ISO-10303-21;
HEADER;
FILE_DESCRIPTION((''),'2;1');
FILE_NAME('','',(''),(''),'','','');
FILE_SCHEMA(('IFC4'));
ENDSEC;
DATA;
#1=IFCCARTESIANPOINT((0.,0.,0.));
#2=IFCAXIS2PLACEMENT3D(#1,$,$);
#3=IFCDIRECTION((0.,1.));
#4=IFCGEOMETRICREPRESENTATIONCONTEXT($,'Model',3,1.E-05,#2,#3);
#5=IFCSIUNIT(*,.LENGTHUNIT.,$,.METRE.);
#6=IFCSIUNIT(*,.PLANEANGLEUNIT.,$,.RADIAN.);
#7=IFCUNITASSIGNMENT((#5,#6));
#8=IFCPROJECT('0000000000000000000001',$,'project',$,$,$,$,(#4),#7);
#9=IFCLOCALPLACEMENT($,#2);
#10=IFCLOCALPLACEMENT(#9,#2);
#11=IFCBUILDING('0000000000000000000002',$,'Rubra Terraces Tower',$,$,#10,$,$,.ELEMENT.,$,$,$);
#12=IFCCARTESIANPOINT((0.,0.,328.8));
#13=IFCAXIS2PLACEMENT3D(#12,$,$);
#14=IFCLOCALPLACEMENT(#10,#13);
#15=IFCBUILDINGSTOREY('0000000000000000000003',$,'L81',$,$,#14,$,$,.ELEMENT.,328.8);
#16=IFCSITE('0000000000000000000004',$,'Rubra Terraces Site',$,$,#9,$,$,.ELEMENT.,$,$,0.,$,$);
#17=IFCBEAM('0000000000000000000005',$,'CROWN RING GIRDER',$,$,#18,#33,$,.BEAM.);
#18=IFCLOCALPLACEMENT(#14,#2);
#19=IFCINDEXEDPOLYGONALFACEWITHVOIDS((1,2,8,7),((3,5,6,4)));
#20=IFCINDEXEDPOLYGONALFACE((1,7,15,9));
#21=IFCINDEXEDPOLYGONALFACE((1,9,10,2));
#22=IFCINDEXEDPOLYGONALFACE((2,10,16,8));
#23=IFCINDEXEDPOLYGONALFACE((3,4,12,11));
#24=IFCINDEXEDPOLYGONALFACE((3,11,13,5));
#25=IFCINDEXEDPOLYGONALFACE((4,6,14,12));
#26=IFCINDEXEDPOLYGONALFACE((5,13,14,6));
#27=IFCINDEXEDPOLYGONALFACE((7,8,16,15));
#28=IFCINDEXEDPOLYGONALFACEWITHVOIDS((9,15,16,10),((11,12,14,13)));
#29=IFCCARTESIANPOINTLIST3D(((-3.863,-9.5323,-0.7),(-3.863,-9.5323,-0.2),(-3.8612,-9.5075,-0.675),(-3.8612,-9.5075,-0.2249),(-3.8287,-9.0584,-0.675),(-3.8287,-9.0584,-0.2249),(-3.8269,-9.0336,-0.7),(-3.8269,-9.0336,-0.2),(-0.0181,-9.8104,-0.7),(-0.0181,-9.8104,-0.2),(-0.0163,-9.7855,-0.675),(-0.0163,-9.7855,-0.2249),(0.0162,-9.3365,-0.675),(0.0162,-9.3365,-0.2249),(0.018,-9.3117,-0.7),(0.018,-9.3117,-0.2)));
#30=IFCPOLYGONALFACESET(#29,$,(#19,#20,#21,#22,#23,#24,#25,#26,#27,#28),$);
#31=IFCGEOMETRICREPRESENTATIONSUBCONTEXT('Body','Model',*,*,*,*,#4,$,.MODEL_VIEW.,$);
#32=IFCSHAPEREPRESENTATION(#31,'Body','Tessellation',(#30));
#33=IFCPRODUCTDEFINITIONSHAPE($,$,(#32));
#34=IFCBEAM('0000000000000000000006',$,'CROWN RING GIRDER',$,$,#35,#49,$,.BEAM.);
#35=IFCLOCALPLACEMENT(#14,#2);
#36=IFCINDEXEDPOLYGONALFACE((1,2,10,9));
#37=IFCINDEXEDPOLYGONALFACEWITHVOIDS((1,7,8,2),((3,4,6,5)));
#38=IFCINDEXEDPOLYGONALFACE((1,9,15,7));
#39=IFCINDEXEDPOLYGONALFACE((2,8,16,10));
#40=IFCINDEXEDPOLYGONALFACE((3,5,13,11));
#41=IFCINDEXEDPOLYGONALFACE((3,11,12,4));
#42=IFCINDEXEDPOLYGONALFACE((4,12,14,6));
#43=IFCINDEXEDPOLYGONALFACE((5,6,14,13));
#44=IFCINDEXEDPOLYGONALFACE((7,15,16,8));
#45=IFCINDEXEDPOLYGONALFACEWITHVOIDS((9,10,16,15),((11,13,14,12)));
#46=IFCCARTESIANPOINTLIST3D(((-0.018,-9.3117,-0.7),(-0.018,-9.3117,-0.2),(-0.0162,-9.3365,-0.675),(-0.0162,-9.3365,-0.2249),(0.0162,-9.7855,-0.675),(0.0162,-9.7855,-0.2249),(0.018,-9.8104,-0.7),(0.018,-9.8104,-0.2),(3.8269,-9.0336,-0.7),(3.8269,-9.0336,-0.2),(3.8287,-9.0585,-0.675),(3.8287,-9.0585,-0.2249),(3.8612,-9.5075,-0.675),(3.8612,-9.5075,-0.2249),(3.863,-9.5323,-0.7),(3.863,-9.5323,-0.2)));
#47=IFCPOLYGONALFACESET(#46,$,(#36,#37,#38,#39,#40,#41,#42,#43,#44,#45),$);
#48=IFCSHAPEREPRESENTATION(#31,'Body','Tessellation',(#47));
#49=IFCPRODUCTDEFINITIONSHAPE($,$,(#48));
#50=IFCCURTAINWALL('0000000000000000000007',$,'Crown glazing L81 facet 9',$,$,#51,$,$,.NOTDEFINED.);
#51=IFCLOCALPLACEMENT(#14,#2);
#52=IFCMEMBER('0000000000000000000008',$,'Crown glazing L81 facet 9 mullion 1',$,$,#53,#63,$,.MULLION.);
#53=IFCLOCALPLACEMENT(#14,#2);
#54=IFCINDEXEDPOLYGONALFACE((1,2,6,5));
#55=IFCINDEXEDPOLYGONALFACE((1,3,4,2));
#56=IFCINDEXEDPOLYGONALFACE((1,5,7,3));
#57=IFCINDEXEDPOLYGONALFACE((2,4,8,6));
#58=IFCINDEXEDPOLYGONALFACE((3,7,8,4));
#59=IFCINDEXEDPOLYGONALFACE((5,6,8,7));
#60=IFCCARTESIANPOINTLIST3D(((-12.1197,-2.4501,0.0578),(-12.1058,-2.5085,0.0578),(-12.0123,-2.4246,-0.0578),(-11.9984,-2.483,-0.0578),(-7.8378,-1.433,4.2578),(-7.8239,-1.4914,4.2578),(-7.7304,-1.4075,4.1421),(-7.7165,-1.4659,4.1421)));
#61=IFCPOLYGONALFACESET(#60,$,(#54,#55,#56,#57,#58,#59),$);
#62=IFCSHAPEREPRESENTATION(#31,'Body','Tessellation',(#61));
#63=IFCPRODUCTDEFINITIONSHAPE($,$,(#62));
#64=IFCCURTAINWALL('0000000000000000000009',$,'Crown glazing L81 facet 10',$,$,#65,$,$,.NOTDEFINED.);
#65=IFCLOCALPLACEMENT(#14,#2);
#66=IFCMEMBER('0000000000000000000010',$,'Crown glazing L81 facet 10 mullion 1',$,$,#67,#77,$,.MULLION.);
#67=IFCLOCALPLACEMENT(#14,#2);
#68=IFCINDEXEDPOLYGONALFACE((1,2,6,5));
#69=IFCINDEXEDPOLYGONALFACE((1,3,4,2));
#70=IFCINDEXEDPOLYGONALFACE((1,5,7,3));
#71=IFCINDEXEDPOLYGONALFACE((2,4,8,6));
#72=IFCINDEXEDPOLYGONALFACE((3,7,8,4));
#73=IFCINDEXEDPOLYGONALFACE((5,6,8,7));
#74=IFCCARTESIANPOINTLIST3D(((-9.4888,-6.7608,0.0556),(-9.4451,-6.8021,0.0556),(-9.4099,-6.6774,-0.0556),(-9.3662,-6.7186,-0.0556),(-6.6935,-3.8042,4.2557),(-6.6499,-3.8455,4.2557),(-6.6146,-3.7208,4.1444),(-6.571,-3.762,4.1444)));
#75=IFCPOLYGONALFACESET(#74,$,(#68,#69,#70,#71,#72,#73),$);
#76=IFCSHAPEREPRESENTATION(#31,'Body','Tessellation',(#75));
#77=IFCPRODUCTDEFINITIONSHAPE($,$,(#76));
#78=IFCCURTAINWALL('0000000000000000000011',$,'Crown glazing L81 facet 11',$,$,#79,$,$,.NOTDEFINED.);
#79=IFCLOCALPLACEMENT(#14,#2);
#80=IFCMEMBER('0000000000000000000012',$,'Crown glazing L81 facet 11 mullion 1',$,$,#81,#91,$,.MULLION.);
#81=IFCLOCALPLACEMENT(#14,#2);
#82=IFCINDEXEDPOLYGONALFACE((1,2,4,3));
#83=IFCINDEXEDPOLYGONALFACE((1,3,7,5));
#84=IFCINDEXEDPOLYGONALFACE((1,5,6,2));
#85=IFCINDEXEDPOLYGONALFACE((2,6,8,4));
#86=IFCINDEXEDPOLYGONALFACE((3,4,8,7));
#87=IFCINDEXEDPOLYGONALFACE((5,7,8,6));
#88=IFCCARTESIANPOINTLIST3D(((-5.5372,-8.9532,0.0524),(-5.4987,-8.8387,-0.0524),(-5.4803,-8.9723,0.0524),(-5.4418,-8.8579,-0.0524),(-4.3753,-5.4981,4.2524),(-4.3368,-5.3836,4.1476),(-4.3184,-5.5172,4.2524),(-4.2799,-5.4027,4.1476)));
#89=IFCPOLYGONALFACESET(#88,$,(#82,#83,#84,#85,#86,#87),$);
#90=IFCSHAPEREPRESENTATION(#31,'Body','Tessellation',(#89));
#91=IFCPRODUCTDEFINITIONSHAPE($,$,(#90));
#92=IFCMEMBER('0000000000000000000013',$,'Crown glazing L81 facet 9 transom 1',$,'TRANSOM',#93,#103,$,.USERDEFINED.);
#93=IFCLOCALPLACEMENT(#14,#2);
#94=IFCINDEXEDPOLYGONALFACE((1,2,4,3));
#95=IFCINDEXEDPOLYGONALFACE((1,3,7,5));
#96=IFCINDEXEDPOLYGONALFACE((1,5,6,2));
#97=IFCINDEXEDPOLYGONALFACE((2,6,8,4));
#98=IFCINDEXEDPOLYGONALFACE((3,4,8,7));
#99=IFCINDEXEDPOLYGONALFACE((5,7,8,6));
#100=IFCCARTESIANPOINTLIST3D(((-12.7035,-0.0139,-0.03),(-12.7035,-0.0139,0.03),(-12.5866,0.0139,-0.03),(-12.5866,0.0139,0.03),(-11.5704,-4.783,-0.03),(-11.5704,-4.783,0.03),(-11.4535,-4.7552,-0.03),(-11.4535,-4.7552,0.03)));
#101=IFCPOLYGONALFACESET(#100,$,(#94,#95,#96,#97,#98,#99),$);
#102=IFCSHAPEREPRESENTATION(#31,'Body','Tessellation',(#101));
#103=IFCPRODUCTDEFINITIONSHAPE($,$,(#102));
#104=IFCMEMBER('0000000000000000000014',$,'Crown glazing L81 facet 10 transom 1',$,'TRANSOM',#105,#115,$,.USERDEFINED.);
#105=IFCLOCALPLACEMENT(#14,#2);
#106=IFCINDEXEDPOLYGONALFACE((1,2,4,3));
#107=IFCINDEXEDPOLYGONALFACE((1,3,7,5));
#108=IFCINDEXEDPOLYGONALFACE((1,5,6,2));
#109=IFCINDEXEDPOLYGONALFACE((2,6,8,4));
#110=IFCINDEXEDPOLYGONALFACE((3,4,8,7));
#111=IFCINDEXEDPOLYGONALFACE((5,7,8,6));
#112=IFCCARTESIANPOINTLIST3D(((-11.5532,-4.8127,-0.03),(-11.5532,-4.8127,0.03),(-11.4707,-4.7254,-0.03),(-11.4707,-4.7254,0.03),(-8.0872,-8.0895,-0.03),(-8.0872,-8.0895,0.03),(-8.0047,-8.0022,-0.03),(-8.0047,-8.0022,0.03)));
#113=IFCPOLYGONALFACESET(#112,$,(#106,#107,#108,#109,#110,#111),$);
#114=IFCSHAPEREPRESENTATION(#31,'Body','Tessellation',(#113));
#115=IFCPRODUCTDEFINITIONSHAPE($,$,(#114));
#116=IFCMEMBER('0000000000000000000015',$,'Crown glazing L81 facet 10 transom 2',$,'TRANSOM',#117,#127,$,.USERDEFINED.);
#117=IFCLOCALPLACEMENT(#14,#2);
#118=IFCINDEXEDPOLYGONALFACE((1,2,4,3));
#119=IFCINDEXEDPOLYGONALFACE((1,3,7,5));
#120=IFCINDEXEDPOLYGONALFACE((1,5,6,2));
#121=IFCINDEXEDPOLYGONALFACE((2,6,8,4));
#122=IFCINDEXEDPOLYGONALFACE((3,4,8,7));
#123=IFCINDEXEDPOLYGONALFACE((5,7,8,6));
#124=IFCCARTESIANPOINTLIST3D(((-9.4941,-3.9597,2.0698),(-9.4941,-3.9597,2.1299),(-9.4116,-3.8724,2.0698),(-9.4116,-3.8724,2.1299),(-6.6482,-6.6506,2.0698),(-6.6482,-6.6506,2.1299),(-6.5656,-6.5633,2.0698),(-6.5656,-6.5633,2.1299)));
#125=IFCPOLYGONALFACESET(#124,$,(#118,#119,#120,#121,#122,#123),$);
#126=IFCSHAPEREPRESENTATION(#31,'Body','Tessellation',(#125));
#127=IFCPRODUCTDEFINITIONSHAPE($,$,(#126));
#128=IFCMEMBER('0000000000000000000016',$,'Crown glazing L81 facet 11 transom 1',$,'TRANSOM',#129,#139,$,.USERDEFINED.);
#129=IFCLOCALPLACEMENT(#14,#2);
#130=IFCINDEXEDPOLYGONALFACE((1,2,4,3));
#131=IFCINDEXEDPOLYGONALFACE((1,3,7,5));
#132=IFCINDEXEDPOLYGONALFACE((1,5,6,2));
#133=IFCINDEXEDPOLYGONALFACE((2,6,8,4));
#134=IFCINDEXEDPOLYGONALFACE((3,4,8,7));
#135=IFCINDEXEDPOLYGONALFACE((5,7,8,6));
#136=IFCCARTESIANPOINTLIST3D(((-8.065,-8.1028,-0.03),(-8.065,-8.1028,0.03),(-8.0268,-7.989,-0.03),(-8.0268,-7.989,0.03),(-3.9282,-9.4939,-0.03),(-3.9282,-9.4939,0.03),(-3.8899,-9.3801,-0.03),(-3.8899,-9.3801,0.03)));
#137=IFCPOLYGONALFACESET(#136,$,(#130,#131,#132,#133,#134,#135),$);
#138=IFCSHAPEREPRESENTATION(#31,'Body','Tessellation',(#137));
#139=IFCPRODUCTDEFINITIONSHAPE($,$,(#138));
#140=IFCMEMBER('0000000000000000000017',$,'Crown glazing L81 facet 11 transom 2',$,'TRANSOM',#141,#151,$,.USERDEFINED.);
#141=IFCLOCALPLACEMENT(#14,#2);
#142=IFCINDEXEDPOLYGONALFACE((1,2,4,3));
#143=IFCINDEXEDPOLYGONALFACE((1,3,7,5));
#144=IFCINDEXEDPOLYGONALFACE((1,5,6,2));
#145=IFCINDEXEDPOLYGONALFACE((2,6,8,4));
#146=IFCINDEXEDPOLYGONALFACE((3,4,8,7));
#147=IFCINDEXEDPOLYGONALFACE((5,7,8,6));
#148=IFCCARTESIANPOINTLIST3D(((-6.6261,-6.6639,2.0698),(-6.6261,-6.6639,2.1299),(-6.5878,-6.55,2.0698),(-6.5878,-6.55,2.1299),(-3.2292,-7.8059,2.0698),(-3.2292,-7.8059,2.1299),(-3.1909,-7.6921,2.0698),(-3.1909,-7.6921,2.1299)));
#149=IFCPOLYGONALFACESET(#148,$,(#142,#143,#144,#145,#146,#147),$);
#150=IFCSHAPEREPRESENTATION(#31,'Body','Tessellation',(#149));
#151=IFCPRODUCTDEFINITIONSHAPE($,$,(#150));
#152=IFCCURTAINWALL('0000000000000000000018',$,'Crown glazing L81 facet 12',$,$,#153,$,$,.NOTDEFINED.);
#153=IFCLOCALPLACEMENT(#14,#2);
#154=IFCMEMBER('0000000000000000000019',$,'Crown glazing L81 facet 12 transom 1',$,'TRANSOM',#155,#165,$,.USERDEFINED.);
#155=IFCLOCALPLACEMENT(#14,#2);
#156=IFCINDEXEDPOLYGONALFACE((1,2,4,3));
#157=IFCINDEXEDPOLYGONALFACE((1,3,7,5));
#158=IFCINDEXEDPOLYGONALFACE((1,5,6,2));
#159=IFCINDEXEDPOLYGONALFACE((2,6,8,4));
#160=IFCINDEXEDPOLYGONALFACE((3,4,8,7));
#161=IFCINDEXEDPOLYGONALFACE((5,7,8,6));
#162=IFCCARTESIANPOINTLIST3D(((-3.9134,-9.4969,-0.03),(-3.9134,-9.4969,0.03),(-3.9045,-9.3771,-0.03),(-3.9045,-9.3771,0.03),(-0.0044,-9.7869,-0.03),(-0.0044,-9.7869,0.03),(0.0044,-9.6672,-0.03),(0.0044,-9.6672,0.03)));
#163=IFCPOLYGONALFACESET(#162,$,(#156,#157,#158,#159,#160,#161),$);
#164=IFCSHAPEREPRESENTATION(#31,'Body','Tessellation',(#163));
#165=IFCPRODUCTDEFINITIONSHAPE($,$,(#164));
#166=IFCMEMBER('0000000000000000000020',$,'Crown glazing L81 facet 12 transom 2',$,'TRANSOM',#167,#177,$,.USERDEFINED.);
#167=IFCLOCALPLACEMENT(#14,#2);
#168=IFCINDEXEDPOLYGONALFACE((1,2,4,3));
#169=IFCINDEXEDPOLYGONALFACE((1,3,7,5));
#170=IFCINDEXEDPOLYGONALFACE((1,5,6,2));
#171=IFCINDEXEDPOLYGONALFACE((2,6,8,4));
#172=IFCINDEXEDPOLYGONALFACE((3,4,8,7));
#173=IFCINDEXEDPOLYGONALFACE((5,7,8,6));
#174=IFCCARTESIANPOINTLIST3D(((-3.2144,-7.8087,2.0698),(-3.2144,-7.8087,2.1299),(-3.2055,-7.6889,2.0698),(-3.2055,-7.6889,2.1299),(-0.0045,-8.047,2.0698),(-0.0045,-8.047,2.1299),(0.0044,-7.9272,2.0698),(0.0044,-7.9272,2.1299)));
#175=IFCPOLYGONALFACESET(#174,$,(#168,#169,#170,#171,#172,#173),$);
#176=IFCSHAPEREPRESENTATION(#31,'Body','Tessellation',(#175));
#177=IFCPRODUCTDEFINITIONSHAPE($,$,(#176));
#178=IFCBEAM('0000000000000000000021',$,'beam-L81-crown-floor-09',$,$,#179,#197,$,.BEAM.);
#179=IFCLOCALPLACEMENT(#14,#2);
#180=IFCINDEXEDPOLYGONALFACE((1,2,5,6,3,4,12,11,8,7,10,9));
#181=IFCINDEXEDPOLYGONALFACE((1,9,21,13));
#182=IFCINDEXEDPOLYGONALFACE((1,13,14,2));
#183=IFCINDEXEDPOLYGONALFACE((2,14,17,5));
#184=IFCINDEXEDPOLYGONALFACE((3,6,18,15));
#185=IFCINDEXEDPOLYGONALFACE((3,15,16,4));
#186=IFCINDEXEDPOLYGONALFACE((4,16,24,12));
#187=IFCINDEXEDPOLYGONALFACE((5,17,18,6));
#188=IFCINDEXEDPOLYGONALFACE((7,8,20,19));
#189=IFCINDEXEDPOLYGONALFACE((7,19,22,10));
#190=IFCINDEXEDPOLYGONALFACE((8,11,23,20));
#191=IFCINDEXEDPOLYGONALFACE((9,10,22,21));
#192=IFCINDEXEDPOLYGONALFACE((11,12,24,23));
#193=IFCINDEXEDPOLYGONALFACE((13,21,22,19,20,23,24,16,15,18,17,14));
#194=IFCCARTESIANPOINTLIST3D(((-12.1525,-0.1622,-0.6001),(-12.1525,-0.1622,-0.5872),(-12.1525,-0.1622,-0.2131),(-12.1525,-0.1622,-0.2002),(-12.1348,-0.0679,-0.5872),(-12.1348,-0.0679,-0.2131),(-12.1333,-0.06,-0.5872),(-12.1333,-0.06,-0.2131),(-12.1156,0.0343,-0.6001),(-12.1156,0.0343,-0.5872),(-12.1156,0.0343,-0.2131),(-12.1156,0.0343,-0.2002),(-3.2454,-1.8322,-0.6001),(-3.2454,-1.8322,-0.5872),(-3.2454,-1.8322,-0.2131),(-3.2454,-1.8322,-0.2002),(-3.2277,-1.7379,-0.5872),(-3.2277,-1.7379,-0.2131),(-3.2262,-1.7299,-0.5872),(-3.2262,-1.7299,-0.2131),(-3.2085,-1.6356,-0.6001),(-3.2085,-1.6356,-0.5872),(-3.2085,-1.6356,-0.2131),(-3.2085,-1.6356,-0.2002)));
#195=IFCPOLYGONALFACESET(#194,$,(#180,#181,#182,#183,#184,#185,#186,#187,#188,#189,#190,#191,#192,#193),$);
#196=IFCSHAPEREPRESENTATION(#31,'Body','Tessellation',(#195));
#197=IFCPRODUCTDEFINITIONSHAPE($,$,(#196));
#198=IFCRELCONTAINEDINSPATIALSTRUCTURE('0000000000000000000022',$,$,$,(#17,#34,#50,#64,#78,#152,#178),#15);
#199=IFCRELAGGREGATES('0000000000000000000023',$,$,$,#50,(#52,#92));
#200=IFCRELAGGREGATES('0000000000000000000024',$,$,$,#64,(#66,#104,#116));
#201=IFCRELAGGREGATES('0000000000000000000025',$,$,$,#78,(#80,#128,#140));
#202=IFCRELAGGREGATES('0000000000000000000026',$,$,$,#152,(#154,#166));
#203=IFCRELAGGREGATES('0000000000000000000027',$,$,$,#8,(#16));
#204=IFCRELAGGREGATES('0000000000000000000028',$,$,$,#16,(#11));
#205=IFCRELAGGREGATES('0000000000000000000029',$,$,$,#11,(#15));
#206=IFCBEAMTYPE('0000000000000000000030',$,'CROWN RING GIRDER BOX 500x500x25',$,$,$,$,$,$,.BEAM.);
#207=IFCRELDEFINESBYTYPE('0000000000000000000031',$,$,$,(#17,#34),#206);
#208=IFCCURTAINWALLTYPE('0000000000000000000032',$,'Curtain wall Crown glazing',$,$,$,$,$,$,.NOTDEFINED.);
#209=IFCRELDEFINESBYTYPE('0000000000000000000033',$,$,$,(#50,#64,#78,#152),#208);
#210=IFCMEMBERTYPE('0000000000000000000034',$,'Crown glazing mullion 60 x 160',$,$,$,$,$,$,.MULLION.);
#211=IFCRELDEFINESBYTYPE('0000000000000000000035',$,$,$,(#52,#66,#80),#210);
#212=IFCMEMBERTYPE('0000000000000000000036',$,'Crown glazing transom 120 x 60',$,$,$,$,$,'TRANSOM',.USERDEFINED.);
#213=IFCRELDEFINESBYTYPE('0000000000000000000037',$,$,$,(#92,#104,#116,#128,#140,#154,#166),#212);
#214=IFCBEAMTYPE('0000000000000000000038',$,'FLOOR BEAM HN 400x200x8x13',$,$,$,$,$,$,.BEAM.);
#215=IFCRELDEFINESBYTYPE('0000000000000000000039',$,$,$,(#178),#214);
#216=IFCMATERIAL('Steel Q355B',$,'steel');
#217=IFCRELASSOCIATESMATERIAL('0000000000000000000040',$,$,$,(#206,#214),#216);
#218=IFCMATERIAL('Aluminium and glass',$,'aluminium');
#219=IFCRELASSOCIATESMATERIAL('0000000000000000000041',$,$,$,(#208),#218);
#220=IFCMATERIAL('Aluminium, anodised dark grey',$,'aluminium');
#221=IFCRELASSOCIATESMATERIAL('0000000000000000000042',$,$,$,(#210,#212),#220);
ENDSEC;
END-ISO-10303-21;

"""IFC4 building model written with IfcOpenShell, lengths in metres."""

from ifc_helpers import new_model, si_unit, direction, frame, origin, origin_2d, place, context, subcontext, project, spatial, rectangle, hollow_rectangle, i_section, extrude, material, material_profile, profile_set, type_object, element, aggregate, save


model = new_model("IFC4")

# Units and contexts
model_context = context("Model", 3, precision=1e-05, world=origin(), true_north=direction((0.0, 1.0)))
body_context = subcontext(model_context, "Body", "Model", "MODEL_VIEW")
ifc_project = project(units=[si_unit("LENGTHUNIT", "METRE"), si_unit("PLANEANGLEUNIT", "RADIAN")], contexts=[model_context])

# Site, building, storey
site_placement = place(None, origin())
site = spatial("IfcSite", under=ifc_project, at=site_placement, Name="Rubra Terraces Site", CompositionType="ELEMENT", RefElevation=0.0)
building_placement = place(site_placement, origin())
building = spatial("IfcBuilding", under=site, at=building_placement, Name="Rubra Terraces Tower", CompositionType="ELEMENT")
storey_placement = place(building_placement, frame((0.0, 0.0, 328.8)))
storey = spatial("IfcBuildingStorey", under=building, at=storey_placement, Name="L81", CompositionType="ELEMENT", Elevation=328.8)

# Shared definitions
ifc_material_1 = material(Name="Steel Q355B", Category="steel")

# Beams
ifc_material_profile_1 = material_profile(ifc_material_1, hollow_rectangle(XDim=0.5, YDim=0.5, WallThickness=0.0249, at=origin_2d()), Name="BOX 500x500x25")
ifc_profile_set_1 = profile_set([ifc_material_profile_1], Name="Steel Q355B")
beam_type_1 = type_object("IfcBeamType", Name="CROWN RING GIRDER BOX 500x500x25", PredefinedType="BEAM", material=ifc_profile_set_1)
for number, where, z_axis, x_axis, name in (
    (1, (-3.845, -9.283, -0.45), (0.997395, -0.072134, 0.0), (0.072134, 0.997395, 0.0), "CROWN RING GIRDER"),
    (2, (0.0, -9.561, -0.45), (0.997395, 0.072134, 0.0), (-0.072134, 0.997395, 0.0), "CROWN RING GIRDER"),
):
    element("IfcBeam", number, at=place(storey_placement, frame(where, z_axis=z_axis, x_axis=x_axis)), inside=storey, type_object=beam_type_1, Name=name, PredefinedType="BEAM", context=body_context, shape_type="SweptSolid", body=[
        extrude(hollow_rectangle(XDim=0.5, YDim=0.5, WallThickness=0.0249, at=origin_2d()), origin(), (0.0, 0.0, 1.0), 3.855),
    ])

# Curtain walls, members
ifc_material_2 = material(Name="Aluminium and glass", Category="aluminium")
curtain_wall_type = type_object("IfcCurtainWallType", Name="Curtain wall Crown glazing", PredefinedType="NOTDEFINED", material=ifc_material_2)
curtain_wall_1_placement = place(storey_placement, origin())
curtain_wall_1 = element("IfcCurtainWall", 3, at=curtain_wall_1_placement, inside=storey, type_object=curtain_wall_type, Name="Crown glazing L81 facet 9", PredefinedType="NOTDEFINED")
ifc_material_3 = material(Name="Aluminium, anodised dark grey", Category="aluminium")
ifc_material_profile_2 = material_profile(ifc_material_3, rectangle(XDim=0.0601, YDim=0.1599, at=origin_2d()), Name="AL 60x160")
ifc_profile_set_2 = profile_set([ifc_material_profile_2], Name="Aluminium, anodised dark grey")
member_type_1 = type_object("IfcMemberType", Name="Crown glazing mullion 60 x 160", PredefinedType="MULLION", material=ifc_profile_set_2)
member_1_placement = place(storey_placement, frame((-12.0591, -2.4666, 0.0), z_axis=(0.703864, 0.167187, 0.69038), x_axis=(-0.231098, 0.97293, 0.0)))
member_1 = element("IfcMember", 4, at=member_1_placement, type_object=member_type_1, Name="Crown glazing L81 facet 9 mullion 1", PredefinedType="MULLION", context=body_context, shape_type="SweptSolid", body=[
    extrude(rectangle(XDim=0.0601, YDim=0.1599, at=origin_2d()), origin(), (0.0, 0.0, 1.0), 6.0835),
])
curtain_wall_2_placement = place(storey_placement, origin())
curtain_wall_2 = element("IfcCurtainWall", 5, at=curtain_wall_2_placement, inside=storey, type_object=curtain_wall_type, Name="Crown glazing L81 facet 10", PredefinedType="NOTDEFINED")
member_2_placement = place(storey_placement, frame((-9.4275, -6.7397, 0.0), z_axis=(0.478007, 0.505605, 0.718243), x_axis=(-0.72666, 0.686997, 0.0)))
member_2 = element("IfcMember", 6, at=member_2_placement, type_object=member_type_1, Name="Crown glazing L81 facet 10 mullion 1", PredefinedType="MULLION", context=body_context, shape_type="SweptSolid", body=[
    extrude(rectangle(XDim=0.0601, YDim=0.1599, at=origin_2d()), origin(), (0.0, 0.0, 1.0), 5.8477),
])
curtain_wall_3_placement = place(storey_placement, origin())
curtain_wall_3 = element("IfcCurtainWall", 7, at=curtain_wall_3_placement, inside=storey, type_object=curtain_wall_type, Name="Crown glazing L81 facet 11", PredefinedType="NOTDEFINED")
member_3_placement = place(storey_placement, frame((-5.4895, -8.9055, 0.0), z_axis=(0.208923, 0.621281, 0.755222), x_axis=(-0.947843, 0.318738, 0.0)))
member_3 = element("IfcMember", 8, at=member_3_placement, type_object=member_type_1, Name="Crown glazing L81 facet 11 mullion 1", PredefinedType="MULLION", context=body_context, shape_type="SweptSolid", body=[
    extrude(rectangle(XDim=0.0601, YDim=0.1599, at=origin_2d()), origin(), (0.0, 0.0, 1.0), 5.5613),
])

# Members
ifc_material_profile_3 = material_profile(ifc_material_3, rectangle(XDim=0.1201, YDim=0.0601, at=origin_2d()), Name="AL 120x60")
ifc_profile_set_3 = profile_set([ifc_material_profile_3], Name="Aluminium, anodised dark grey")
member_type_2 = type_object("IfcMemberType", Name="Crown glazing transom 120 x 60", ElementType="TRANSOM", PredefinedType="USERDEFINED", material=ifc_profile_set_3)
member_4_placement = place(storey_placement, frame((-12.645, 0.0, 0.0), z_axis=(0.231151, -0.972918, 0.0), x_axis=(0.972918, 0.231151, 0.0)))
member_4 = element("IfcMember", 9, at=member_4_placement, type_object=member_type_2, Name="Crown glazing L81 facet 9 transom 1", ObjectType="TRANSOM", PredefinedType="USERDEFINED", context=body_context, shape_type="SweptSolid", body=[
    extrude(rectangle(XDim=0.1201, YDim=0.0601, at=origin_2d()), origin(), (0.0, 0.0, 1.0), 4.9019),
])
member_5_placement = place(storey_placement, frame((-11.512, -4.769, 0.0), z_axis=(0.726662, -0.686995, 0.0), x_axis=(0.686995, 0.726662, 0.0)))
member_5 = element("IfcMember", 10, at=member_5_placement, type_object=member_type_2, Name="Crown glazing L81 facet 10 transom 1", ObjectType="TRANSOM", PredefinedType="USERDEFINED", context=body_context, shape_type="SweptSolid", body=[
    extrude(rectangle(XDim=0.1201, YDim=0.0601, at=origin_2d()), origin(), (0.0, 0.0, 1.0), 4.7698),
])
member_6_placement = place(storey_placement, frame((-9.4529, -3.916, 2.0999), z_axis=(0.726621, -0.687039, 0.0), x_axis=(0.687039, 0.726621, 0.0)))
member_6 = element("IfcMember", 11, at=member_6_placement, type_object=member_type_2, Name="Crown glazing L81 facet 10 transom 2", ObjectType="TRANSOM", PredefinedType="USERDEFINED", context=body_context, shape_type="SweptSolid", body=[
    extrude(rectangle(XDim=0.1201, YDim=0.0601, at=origin_2d()), origin(), (0.0, 0.0, 1.0), 3.9167),
])
member_7_placement = place(storey_placement, frame((-8.0459, -8.0459, 0.0), z_axis=(0.947847, -0.318727, 0.0), x_axis=(0.318727, 0.947847, 0.0)))
member_7 = element("IfcMember", 12, at=member_7_placement, type_object=member_type_2, Name="Crown glazing L81 facet 11 transom 1", ObjectType="TRANSOM", PredefinedType="USERDEFINED", context=body_context, shape_type="SweptSolid", body=[
    extrude(rectangle(XDim=0.1201, YDim=0.0601, at=origin_2d()), origin(), (0.0, 0.0, 1.0), 4.3645),
])
member_8_placement = place(storey_placement, frame((-6.6069, -6.6069, 2.0999), z_axis=(0.947863, -0.318679, 0.0), x_axis=(0.318679, 0.947863, 0.0)))
member_8 = element("IfcMember", 13, at=member_8_placement, type_object=member_type_2, Name="Crown glazing L81 facet 11 transom 2", ObjectType="TRANSOM", PredefinedType="USERDEFINED", context=body_context, shape_type="SweptSolid", body=[
    extrude(rectangle(XDim=0.1201, YDim=0.0601, at=origin_2d()), origin(), (0.0, 0.0, 1.0), 3.5837),
])

# Curtain wall, members
curtain_wall_4_placement = place(storey_placement, origin())
curtain_wall_4 = element("IfcCurtainWall", 14, at=curtain_wall_4_placement, inside=storey, type_object=curtain_wall_type, Name="Crown glazing L81 facet 12", PredefinedType="NOTDEFINED")
member_9_placement = place(storey_placement, frame((-3.9089, -9.437, 0.0), z_axis=(0.997259, -0.073996, 0.0), x_axis=(0.073996, 0.997259, 0.0)))
member_9 = element("IfcMember", 15, at=member_9_placement, type_object=member_type_2, Name="Crown glazing L81 facet 12 transom 1", ObjectType="TRANSOM", PredefinedType="USERDEFINED", context=body_context, shape_type="SweptSolid", body=[
    extrude(rectangle(XDim=0.1201, YDim=0.0601, at=origin_2d()), origin(), (0.0, 0.0, 1.0), 3.9197),
])
member_10_placement = place(storey_placement, frame((-3.21, -7.7488, 2.0999), z_axis=(0.997256, -0.074028, 0.0), x_axis=(0.074028, 0.997256, 0.0)))
member_10 = element("IfcMember", 16, at=member_10_placement, type_object=member_type_2, Name="Crown glazing L81 facet 12 transom 2", ObjectType="TRANSOM", PredefinedType="USERDEFINED", context=body_context, shape_type="SweptSolid", body=[
    extrude(rectangle(XDim=0.1201, YDim=0.0601, at=origin_2d()), origin(), (0.0, 0.0, 1.0), 3.2188),
])

# Beam
ifc_material_profile_4 = material_profile(ifc_material_1, i_section(OverallWidth=0.2, OverallDepth=0.3999, WebThickness=0.0081, FlangeThickness=0.0129, at=origin_2d()), Name="HN 400x200x8x13")
ifc_profile_set_4 = profile_set([ifc_material_profile_4], Name="Steel Q355B")
beam_type_2 = type_object("IfcBeamType", Name="FLOOR BEAM HN 400x200x8x13", PredefinedType="BEAM", material=ifc_profile_set_4)
beam_1_placement = place(storey_placement, frame((-12.134, -0.064, -0.4001), z_axis=(0.982875, -0.184274, 0.0), x_axis=(0.184274, 0.982875, 0.0)))
element("IfcBeam", 17, at=beam_1_placement, inside=storey, type_object=beam_type_2, Name="beam-L81-crown-floor-09", PredefinedType="BEAM", context=body_context, shape_type="SweptSolid", body=[
    extrude(i_section(OverallWidth=0.2, OverallDepth=0.3999, WebThickness=0.0081, FlangeThickness=0.0129, at=origin_2d()), origin(), (0.0, 0.0, 1.0), 9.0623),
])

aggregate(curtain_wall_1, [member_1, member_4])
aggregate(curtain_wall_2, [member_2, member_5, member_6])
aggregate(curtain_wall_3, [member_3, member_7, member_8])
aggregate(curtain_wall_4, [member_9, member_10])

save(model, "model.ifc")
